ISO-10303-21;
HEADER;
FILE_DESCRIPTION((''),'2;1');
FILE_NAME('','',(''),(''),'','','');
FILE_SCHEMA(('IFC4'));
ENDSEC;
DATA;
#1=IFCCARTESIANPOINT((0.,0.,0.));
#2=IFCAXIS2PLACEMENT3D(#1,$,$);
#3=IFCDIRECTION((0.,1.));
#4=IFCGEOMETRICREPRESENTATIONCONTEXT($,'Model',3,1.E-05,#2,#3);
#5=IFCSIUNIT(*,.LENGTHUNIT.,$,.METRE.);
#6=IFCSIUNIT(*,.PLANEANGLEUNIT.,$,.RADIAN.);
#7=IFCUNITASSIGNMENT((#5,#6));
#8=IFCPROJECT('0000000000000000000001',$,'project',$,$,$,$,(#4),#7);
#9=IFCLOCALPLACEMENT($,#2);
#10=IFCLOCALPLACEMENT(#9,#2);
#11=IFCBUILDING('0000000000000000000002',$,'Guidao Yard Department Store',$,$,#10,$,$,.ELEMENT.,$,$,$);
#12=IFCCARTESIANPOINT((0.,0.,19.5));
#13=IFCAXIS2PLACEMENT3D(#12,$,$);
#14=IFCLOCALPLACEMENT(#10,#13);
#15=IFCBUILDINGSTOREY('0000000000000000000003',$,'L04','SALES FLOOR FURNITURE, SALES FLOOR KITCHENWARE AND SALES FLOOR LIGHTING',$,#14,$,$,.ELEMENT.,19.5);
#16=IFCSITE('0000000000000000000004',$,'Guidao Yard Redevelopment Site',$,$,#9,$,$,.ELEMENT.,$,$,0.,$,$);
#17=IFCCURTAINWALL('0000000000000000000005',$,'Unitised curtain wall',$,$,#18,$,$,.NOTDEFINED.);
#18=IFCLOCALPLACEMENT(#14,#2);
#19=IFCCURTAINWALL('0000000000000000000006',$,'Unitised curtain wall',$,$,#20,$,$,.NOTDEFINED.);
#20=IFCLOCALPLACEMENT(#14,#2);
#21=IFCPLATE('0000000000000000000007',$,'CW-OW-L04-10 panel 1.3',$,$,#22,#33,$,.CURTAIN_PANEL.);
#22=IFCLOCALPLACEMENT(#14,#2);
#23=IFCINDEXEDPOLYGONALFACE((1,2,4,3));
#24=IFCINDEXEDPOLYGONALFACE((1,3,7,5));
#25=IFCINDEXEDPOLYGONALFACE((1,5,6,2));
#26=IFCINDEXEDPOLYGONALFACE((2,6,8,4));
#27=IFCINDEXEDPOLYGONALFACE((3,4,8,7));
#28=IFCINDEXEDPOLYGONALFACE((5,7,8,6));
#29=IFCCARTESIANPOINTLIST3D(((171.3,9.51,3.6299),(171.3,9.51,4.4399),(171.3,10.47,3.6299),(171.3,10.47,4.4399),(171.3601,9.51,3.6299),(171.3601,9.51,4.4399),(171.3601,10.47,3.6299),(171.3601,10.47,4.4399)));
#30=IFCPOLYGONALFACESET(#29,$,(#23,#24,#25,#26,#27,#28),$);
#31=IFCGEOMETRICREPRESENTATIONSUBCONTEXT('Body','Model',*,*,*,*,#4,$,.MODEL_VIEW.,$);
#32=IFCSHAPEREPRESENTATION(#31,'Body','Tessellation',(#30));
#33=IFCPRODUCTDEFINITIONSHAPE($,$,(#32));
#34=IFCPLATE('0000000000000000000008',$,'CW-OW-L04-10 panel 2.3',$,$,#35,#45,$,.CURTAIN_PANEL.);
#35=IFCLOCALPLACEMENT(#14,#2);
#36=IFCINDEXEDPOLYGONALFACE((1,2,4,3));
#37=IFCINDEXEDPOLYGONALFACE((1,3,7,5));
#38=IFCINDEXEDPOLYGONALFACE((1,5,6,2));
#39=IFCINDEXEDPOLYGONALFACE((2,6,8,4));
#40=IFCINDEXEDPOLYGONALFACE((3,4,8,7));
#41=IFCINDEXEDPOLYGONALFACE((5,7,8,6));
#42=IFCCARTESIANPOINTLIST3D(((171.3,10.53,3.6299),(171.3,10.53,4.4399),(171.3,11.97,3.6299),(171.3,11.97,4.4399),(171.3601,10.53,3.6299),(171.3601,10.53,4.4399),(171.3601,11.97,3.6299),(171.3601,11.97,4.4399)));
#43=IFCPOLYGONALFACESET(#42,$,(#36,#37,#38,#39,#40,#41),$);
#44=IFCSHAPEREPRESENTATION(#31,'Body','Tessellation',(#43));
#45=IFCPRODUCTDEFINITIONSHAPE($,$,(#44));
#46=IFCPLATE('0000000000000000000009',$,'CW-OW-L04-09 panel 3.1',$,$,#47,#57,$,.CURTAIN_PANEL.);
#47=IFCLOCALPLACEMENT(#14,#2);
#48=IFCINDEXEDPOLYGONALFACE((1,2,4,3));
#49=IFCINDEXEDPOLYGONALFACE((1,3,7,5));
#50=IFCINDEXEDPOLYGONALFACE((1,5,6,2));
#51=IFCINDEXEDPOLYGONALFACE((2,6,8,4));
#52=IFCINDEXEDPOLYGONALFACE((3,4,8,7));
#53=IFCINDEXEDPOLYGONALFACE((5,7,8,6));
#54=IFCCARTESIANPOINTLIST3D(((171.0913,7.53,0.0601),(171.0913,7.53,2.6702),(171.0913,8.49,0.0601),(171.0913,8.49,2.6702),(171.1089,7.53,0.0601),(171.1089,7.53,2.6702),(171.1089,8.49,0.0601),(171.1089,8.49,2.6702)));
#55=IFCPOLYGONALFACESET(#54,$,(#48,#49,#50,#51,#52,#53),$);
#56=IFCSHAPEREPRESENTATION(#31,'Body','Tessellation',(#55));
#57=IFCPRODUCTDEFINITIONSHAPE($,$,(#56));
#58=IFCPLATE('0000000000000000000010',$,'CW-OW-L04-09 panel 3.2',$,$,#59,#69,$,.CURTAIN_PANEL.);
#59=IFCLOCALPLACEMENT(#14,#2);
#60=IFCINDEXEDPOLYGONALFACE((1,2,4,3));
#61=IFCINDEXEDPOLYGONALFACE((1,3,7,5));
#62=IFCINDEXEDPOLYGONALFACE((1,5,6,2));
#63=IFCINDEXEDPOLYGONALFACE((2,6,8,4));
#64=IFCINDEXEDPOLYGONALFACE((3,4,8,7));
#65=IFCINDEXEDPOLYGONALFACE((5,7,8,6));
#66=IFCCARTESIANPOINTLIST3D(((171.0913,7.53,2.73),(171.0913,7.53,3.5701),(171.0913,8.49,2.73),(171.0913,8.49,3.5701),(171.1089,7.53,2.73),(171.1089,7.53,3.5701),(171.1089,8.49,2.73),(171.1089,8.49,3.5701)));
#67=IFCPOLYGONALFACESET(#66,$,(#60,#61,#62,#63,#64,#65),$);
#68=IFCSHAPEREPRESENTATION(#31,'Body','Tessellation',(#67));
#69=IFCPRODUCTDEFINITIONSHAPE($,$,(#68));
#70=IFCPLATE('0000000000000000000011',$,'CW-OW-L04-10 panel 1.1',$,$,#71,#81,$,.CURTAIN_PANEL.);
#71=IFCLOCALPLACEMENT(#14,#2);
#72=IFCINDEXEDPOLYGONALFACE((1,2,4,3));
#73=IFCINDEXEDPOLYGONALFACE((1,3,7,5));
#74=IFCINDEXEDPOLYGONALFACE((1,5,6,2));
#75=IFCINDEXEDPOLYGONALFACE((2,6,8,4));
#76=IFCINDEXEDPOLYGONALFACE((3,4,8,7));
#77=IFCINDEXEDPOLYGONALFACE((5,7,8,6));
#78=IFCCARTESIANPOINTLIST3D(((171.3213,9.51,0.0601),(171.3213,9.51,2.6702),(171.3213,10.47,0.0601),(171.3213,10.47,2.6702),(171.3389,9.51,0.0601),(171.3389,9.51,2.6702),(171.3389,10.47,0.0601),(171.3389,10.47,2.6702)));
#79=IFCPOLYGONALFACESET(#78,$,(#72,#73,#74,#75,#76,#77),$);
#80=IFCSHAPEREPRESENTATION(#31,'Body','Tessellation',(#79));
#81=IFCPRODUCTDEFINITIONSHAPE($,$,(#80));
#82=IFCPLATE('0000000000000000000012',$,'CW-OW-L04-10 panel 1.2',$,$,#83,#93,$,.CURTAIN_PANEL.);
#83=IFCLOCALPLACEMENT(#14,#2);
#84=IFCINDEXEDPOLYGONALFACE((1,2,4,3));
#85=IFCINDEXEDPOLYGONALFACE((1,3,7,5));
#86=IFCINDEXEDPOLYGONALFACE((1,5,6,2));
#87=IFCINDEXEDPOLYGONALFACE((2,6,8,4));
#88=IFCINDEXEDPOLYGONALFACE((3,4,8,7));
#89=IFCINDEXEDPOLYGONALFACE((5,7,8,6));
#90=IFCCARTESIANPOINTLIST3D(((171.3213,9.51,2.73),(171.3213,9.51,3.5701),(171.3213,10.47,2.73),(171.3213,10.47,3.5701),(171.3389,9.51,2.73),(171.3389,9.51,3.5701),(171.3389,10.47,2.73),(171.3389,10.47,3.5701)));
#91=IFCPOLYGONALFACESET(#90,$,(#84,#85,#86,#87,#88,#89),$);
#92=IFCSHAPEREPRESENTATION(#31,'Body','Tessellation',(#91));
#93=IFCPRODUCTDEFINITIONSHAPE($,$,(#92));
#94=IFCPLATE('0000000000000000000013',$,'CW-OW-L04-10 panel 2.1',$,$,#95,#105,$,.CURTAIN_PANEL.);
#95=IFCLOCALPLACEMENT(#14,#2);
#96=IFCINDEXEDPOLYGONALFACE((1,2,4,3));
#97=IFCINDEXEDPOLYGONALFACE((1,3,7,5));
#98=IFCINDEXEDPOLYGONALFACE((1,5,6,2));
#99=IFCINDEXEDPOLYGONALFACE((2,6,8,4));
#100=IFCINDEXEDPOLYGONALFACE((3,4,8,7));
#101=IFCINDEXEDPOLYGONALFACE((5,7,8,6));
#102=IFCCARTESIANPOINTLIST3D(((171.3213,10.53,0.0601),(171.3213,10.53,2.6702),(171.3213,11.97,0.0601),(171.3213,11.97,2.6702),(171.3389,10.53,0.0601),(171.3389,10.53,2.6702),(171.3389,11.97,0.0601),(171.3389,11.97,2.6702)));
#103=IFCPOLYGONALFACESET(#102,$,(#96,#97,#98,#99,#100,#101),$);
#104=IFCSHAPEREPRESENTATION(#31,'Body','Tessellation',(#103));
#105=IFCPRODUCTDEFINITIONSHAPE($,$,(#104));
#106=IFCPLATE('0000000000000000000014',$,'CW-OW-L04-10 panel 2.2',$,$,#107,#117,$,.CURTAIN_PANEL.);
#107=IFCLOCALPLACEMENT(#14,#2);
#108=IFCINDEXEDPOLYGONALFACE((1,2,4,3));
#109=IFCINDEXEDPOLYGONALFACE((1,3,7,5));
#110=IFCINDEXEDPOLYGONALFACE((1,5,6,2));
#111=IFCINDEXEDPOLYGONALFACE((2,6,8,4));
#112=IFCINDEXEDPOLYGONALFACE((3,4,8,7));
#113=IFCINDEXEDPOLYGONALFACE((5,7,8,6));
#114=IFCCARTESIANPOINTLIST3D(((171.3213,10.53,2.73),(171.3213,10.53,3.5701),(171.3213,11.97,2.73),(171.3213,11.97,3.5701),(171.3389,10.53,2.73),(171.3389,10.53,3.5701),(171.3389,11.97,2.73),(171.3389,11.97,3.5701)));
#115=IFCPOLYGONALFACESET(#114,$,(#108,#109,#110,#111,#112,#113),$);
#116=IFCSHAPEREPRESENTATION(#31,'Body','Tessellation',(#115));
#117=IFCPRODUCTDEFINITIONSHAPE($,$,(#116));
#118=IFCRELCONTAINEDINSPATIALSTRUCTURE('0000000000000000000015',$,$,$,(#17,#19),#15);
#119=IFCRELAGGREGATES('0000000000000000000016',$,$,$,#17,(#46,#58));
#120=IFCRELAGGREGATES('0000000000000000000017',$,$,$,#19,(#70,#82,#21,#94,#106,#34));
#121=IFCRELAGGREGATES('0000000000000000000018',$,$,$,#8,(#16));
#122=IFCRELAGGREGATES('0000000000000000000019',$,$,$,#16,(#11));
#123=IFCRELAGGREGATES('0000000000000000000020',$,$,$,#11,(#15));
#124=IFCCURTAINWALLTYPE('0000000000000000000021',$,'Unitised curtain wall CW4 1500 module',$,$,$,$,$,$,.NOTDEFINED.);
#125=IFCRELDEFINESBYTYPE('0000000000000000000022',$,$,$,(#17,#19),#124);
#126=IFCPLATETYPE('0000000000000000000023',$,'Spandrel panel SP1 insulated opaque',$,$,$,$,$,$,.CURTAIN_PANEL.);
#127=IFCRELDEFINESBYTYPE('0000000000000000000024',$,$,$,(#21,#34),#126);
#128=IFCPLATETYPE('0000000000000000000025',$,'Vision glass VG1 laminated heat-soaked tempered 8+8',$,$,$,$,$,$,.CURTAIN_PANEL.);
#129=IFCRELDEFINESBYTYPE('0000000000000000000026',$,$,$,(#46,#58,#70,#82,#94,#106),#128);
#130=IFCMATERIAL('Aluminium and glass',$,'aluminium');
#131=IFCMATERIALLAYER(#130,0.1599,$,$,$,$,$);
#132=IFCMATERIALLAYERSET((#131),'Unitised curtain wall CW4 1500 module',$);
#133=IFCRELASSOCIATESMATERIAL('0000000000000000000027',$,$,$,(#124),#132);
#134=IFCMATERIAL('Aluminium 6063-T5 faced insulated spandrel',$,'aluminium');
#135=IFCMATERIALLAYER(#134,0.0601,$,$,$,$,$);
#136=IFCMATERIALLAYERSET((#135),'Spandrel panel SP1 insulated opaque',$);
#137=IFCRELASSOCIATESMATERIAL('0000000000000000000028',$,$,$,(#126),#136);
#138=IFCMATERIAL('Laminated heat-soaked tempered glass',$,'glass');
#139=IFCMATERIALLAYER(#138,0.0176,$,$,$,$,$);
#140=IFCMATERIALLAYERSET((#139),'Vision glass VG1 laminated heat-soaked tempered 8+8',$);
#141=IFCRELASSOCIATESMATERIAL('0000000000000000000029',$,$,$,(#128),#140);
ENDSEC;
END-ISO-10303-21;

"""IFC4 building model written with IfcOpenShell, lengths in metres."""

from ifc_helpers import new_model, si_unit, direction, frame, origin, origin_2d, place, context, subcontext, project, spatial, rectangle, extrude, material, layer, layer_set, type_object, element, aggregate, save


model = new_model("IFC4")

# Units and contexts
model_context = context("Model", 3, precision=1e-05, world=origin(), true_north=direction((0.0, 1.0)))
body_context = subcontext(model_context, "Body", "Model", "MODEL_VIEW")
ifc_project = project(units=[si_unit("LENGTHUNIT", "METRE"), si_unit("PLANEANGLEUNIT", "RADIAN")], contexts=[model_context])

# Site, building, storey
site_placement = place(None, origin())
site = spatial("IfcSite", under=ifc_project, at=site_placement, Name="Guidao Yard Redevelopment Site", CompositionType="ELEMENT", RefElevation=0.0)
building_placement = place(site_placement, origin())
building = spatial("IfcBuilding", under=site, at=building_placement, Name="Guidao Yard Department Store", CompositionType="ELEMENT")
storey_placement = place(building_placement, frame((0.0, 0.0, 19.5)))
storey = spatial("IfcBuildingStorey", under=building, at=storey_placement, Name="L04", Description="SALES FLOOR FURNITURE, SALES FLOOR KITCHENWARE AND SALES FLOOR LIGHTING", CompositionType="ELEMENT", Elevation=19.5)

# Curtain wall
ifc_material_1 = material(Name="Aluminium and glass", Category="aluminium")
ifc_layer_1 = layer(ifc_material_1, 0.1599)
ifc_layer_set_1 = layer_set([ifc_layer_1], Name="Unitised curtain wall CW4 1500 module")
curtain_wall_type = type_object("IfcCurtainWallType", Name="Unitised curtain wall CW4 1500 module", PredefinedType="NOTDEFINED", material=ifc_layer_set_1)
curtain_wall_1_placement = place(storey_placement, origin())
curtain_wall_1 = element("IfcCurtainWall", 1, at=curtain_wall_1_placement, inside=storey, type_object=curtain_wall_type, Name="Unitised curtain wall", PredefinedType="NOTDEFINED")

# Curtain wall
curtain_wall_2_placement = place(storey_placement, origin())
curtain_wall_2 = element("IfcCurtainWall", 2, at=curtain_wall_2_placement, inside=storey, type_object=curtain_wall_type, Name="Unitised curtain wall", PredefinedType="NOTDEFINED")

# Plates
ifc_material_2 = material(Name="Aluminium 6063-T5 faced insulated spandrel", Category="aluminium")
ifc_layer_2 = layer(ifc_material_2, 0.0601)
ifc_layer_set_2 = layer_set([ifc_layer_2], Name="Spandrel panel SP1 insulated opaque")
plate_type_1 = type_object("IfcPlateType", Name="Spandrel panel SP1 insulated opaque", PredefinedType="CURTAIN_PANEL", material=ifc_layer_set_2)
plate_1_placement = place(storey_placement, frame((171.3301, 9.99, 3.6299), z_axis=(0.0, 0.0, 1.0), x_axis=(0.0, -1.0, 0.0)))
plate_1 = element("IfcPlate", 3, at=plate_1_placement, type_object=plate_type_1, Name="CW-OW-L04-10 panel 1.3", PredefinedType="CURTAIN_PANEL", context=body_context, shape_type="SweptSolid", body=[
    extrude(rectangle(XDim=0.96, YDim=0.0601, at=origin_2d()), origin(), (0.0, 0.0, 1.0), 0.8101),
])
plate_2_placement = place(storey_placement, frame((171.3301, 11.25, 3.6299), z_axis=(0.0, 0.0, 1.0), x_axis=(0.0, -1.0, 0.0)))
plate_2 = element("IfcPlate", 4, at=plate_2_placement, type_object=plate_type_1, Name="CW-OW-L04-10 panel 2.3", PredefinedType="CURTAIN_PANEL", context=body_context, shape_type="SweptSolid", body=[
    extrude(rectangle(XDim=1.4399, YDim=0.0601, at=origin_2d()), origin(), (0.0, 0.0, 1.0), 0.8101),
])
ifc_material_3 = material(Name="Laminated heat-soaked tempered glass", Category="glass")
ifc_layer_3 = layer(ifc_material_3, 0.0176)
ifc_layer_set_3 = layer_set([ifc_layer_3], Name="Vision glass VG1 laminated heat-soaked tempered 8+8")
plate_type_2 = type_object("IfcPlateType", Name="Vision glass VG1 laminated heat-soaked tempered 8+8", PredefinedType="CURTAIN_PANEL", material=ifc_layer_set_3)
plate_3_placement = place(storey_placement, frame((171.1001, 8.01, 0.0601), z_axis=(0.0, 0.0, 1.0), x_axis=(0.0, -1.0, 0.0)))
plate_3 = element("IfcPlate", 5, at=plate_3_placement, type_object=plate_type_2, Name="CW-OW-L04-09 panel 3.1", PredefinedType="CURTAIN_PANEL", context=body_context, shape_type="SweptSolid", body=[
    extrude(rectangle(XDim=0.96, YDim=0.0176, at=origin_2d()), origin(), (0.0, 0.0, 1.0), 2.6101),
])
plate_4_placement = place(storey_placement, frame((171.1001, 8.01, 2.73), z_axis=(0.0, 0.0, 1.0), x_axis=(0.0, -1.0, 0.0)))
plate_4 = element("IfcPlate", 6, at=plate_4_placement, type_object=plate_type_2, Name="CW-OW-L04-09 panel 3.2", PredefinedType="CURTAIN_PANEL", context=body_context, shape_type="SweptSolid", body=[
    extrude(rectangle(XDim=0.96, YDim=0.0176, at=origin_2d()), origin(), (0.0, 0.0, 1.0), 0.8401),
])
aggregate(curtain_wall_1, [plate_3, plate_4])
plate_5_placement = place(storey_placement, frame((171.3301, 9.99, 0.0601), z_axis=(0.0, 0.0, 1.0), x_axis=(0.0, -1.0, 0.0)))
plate_5 = element("IfcPlate", 7, at=plate_5_placement, type_object=plate_type_2, Name="CW-OW-L04-10 panel 1.1", PredefinedType="CURTAIN_PANEL", context=body_context, shape_type="SweptSolid", body=[
    extrude(rectangle(XDim=0.96, YDim=0.0176, at=origin_2d()), origin(), (0.0, 0.0, 1.0), 2.6101),
])
plate_6_placement = place(storey_placement, frame((171.3301, 9.99, 2.73), z_axis=(0.0, 0.0, 1.0), x_axis=(0.0, -1.0, 0.0)))
plate_6 = element("IfcPlate", 8, at=plate_6_placement, type_object=plate_type_2, Name="CW-OW-L04-10 panel 1.2", PredefinedType="CURTAIN_PANEL", context=body_context, shape_type="SweptSolid", body=[
    extrude(rectangle(XDim=0.96, YDim=0.0176, at=origin_2d()), origin(), (0.0, 0.0, 1.0), 0.8401),
])
plate_7_placement = place(storey_placement, frame((171.3301, 11.25, 0.0601), z_axis=(0.0, 0.0, 1.0), x_axis=(0.0, -1.0, 0.0)))
plate_7 = element("IfcPlate", 9, at=plate_7_placement, type_object=plate_type_2, Name="CW-OW-L04-10 panel 2.1", PredefinedType="CURTAIN_PANEL", context=body_context, shape_type="SweptSolid", body=[
    extrude(rectangle(XDim=1.4399, YDim=0.0176, at=origin_2d()), origin(), (0.0, 0.0, 1.0), 2.6101),
])
plate_8_placement = place(storey_placement, frame((171.3301, 11.25, 2.73), z_axis=(0.0, 0.0, 1.0), x_axis=(0.0, -1.0, 0.0)))
plate_8 = element("IfcPlate", 10, at=plate_8_placement, type_object=plate_type_2, Name="CW-OW-L04-10 panel 2.2", PredefinedType="CURTAIN_PANEL", context=body_context, shape_type="SweptSolid", body=[
    extrude(rectangle(XDim=1.4399, YDim=0.0176, at=origin_2d()), origin(), (0.0, 0.0, 1.0), 0.8401),
])
aggregate(curtain_wall_2, [plate_5, plate_6, plate_1, plate_7, plate_8, plate_2])

save(model, "model.ifc")
